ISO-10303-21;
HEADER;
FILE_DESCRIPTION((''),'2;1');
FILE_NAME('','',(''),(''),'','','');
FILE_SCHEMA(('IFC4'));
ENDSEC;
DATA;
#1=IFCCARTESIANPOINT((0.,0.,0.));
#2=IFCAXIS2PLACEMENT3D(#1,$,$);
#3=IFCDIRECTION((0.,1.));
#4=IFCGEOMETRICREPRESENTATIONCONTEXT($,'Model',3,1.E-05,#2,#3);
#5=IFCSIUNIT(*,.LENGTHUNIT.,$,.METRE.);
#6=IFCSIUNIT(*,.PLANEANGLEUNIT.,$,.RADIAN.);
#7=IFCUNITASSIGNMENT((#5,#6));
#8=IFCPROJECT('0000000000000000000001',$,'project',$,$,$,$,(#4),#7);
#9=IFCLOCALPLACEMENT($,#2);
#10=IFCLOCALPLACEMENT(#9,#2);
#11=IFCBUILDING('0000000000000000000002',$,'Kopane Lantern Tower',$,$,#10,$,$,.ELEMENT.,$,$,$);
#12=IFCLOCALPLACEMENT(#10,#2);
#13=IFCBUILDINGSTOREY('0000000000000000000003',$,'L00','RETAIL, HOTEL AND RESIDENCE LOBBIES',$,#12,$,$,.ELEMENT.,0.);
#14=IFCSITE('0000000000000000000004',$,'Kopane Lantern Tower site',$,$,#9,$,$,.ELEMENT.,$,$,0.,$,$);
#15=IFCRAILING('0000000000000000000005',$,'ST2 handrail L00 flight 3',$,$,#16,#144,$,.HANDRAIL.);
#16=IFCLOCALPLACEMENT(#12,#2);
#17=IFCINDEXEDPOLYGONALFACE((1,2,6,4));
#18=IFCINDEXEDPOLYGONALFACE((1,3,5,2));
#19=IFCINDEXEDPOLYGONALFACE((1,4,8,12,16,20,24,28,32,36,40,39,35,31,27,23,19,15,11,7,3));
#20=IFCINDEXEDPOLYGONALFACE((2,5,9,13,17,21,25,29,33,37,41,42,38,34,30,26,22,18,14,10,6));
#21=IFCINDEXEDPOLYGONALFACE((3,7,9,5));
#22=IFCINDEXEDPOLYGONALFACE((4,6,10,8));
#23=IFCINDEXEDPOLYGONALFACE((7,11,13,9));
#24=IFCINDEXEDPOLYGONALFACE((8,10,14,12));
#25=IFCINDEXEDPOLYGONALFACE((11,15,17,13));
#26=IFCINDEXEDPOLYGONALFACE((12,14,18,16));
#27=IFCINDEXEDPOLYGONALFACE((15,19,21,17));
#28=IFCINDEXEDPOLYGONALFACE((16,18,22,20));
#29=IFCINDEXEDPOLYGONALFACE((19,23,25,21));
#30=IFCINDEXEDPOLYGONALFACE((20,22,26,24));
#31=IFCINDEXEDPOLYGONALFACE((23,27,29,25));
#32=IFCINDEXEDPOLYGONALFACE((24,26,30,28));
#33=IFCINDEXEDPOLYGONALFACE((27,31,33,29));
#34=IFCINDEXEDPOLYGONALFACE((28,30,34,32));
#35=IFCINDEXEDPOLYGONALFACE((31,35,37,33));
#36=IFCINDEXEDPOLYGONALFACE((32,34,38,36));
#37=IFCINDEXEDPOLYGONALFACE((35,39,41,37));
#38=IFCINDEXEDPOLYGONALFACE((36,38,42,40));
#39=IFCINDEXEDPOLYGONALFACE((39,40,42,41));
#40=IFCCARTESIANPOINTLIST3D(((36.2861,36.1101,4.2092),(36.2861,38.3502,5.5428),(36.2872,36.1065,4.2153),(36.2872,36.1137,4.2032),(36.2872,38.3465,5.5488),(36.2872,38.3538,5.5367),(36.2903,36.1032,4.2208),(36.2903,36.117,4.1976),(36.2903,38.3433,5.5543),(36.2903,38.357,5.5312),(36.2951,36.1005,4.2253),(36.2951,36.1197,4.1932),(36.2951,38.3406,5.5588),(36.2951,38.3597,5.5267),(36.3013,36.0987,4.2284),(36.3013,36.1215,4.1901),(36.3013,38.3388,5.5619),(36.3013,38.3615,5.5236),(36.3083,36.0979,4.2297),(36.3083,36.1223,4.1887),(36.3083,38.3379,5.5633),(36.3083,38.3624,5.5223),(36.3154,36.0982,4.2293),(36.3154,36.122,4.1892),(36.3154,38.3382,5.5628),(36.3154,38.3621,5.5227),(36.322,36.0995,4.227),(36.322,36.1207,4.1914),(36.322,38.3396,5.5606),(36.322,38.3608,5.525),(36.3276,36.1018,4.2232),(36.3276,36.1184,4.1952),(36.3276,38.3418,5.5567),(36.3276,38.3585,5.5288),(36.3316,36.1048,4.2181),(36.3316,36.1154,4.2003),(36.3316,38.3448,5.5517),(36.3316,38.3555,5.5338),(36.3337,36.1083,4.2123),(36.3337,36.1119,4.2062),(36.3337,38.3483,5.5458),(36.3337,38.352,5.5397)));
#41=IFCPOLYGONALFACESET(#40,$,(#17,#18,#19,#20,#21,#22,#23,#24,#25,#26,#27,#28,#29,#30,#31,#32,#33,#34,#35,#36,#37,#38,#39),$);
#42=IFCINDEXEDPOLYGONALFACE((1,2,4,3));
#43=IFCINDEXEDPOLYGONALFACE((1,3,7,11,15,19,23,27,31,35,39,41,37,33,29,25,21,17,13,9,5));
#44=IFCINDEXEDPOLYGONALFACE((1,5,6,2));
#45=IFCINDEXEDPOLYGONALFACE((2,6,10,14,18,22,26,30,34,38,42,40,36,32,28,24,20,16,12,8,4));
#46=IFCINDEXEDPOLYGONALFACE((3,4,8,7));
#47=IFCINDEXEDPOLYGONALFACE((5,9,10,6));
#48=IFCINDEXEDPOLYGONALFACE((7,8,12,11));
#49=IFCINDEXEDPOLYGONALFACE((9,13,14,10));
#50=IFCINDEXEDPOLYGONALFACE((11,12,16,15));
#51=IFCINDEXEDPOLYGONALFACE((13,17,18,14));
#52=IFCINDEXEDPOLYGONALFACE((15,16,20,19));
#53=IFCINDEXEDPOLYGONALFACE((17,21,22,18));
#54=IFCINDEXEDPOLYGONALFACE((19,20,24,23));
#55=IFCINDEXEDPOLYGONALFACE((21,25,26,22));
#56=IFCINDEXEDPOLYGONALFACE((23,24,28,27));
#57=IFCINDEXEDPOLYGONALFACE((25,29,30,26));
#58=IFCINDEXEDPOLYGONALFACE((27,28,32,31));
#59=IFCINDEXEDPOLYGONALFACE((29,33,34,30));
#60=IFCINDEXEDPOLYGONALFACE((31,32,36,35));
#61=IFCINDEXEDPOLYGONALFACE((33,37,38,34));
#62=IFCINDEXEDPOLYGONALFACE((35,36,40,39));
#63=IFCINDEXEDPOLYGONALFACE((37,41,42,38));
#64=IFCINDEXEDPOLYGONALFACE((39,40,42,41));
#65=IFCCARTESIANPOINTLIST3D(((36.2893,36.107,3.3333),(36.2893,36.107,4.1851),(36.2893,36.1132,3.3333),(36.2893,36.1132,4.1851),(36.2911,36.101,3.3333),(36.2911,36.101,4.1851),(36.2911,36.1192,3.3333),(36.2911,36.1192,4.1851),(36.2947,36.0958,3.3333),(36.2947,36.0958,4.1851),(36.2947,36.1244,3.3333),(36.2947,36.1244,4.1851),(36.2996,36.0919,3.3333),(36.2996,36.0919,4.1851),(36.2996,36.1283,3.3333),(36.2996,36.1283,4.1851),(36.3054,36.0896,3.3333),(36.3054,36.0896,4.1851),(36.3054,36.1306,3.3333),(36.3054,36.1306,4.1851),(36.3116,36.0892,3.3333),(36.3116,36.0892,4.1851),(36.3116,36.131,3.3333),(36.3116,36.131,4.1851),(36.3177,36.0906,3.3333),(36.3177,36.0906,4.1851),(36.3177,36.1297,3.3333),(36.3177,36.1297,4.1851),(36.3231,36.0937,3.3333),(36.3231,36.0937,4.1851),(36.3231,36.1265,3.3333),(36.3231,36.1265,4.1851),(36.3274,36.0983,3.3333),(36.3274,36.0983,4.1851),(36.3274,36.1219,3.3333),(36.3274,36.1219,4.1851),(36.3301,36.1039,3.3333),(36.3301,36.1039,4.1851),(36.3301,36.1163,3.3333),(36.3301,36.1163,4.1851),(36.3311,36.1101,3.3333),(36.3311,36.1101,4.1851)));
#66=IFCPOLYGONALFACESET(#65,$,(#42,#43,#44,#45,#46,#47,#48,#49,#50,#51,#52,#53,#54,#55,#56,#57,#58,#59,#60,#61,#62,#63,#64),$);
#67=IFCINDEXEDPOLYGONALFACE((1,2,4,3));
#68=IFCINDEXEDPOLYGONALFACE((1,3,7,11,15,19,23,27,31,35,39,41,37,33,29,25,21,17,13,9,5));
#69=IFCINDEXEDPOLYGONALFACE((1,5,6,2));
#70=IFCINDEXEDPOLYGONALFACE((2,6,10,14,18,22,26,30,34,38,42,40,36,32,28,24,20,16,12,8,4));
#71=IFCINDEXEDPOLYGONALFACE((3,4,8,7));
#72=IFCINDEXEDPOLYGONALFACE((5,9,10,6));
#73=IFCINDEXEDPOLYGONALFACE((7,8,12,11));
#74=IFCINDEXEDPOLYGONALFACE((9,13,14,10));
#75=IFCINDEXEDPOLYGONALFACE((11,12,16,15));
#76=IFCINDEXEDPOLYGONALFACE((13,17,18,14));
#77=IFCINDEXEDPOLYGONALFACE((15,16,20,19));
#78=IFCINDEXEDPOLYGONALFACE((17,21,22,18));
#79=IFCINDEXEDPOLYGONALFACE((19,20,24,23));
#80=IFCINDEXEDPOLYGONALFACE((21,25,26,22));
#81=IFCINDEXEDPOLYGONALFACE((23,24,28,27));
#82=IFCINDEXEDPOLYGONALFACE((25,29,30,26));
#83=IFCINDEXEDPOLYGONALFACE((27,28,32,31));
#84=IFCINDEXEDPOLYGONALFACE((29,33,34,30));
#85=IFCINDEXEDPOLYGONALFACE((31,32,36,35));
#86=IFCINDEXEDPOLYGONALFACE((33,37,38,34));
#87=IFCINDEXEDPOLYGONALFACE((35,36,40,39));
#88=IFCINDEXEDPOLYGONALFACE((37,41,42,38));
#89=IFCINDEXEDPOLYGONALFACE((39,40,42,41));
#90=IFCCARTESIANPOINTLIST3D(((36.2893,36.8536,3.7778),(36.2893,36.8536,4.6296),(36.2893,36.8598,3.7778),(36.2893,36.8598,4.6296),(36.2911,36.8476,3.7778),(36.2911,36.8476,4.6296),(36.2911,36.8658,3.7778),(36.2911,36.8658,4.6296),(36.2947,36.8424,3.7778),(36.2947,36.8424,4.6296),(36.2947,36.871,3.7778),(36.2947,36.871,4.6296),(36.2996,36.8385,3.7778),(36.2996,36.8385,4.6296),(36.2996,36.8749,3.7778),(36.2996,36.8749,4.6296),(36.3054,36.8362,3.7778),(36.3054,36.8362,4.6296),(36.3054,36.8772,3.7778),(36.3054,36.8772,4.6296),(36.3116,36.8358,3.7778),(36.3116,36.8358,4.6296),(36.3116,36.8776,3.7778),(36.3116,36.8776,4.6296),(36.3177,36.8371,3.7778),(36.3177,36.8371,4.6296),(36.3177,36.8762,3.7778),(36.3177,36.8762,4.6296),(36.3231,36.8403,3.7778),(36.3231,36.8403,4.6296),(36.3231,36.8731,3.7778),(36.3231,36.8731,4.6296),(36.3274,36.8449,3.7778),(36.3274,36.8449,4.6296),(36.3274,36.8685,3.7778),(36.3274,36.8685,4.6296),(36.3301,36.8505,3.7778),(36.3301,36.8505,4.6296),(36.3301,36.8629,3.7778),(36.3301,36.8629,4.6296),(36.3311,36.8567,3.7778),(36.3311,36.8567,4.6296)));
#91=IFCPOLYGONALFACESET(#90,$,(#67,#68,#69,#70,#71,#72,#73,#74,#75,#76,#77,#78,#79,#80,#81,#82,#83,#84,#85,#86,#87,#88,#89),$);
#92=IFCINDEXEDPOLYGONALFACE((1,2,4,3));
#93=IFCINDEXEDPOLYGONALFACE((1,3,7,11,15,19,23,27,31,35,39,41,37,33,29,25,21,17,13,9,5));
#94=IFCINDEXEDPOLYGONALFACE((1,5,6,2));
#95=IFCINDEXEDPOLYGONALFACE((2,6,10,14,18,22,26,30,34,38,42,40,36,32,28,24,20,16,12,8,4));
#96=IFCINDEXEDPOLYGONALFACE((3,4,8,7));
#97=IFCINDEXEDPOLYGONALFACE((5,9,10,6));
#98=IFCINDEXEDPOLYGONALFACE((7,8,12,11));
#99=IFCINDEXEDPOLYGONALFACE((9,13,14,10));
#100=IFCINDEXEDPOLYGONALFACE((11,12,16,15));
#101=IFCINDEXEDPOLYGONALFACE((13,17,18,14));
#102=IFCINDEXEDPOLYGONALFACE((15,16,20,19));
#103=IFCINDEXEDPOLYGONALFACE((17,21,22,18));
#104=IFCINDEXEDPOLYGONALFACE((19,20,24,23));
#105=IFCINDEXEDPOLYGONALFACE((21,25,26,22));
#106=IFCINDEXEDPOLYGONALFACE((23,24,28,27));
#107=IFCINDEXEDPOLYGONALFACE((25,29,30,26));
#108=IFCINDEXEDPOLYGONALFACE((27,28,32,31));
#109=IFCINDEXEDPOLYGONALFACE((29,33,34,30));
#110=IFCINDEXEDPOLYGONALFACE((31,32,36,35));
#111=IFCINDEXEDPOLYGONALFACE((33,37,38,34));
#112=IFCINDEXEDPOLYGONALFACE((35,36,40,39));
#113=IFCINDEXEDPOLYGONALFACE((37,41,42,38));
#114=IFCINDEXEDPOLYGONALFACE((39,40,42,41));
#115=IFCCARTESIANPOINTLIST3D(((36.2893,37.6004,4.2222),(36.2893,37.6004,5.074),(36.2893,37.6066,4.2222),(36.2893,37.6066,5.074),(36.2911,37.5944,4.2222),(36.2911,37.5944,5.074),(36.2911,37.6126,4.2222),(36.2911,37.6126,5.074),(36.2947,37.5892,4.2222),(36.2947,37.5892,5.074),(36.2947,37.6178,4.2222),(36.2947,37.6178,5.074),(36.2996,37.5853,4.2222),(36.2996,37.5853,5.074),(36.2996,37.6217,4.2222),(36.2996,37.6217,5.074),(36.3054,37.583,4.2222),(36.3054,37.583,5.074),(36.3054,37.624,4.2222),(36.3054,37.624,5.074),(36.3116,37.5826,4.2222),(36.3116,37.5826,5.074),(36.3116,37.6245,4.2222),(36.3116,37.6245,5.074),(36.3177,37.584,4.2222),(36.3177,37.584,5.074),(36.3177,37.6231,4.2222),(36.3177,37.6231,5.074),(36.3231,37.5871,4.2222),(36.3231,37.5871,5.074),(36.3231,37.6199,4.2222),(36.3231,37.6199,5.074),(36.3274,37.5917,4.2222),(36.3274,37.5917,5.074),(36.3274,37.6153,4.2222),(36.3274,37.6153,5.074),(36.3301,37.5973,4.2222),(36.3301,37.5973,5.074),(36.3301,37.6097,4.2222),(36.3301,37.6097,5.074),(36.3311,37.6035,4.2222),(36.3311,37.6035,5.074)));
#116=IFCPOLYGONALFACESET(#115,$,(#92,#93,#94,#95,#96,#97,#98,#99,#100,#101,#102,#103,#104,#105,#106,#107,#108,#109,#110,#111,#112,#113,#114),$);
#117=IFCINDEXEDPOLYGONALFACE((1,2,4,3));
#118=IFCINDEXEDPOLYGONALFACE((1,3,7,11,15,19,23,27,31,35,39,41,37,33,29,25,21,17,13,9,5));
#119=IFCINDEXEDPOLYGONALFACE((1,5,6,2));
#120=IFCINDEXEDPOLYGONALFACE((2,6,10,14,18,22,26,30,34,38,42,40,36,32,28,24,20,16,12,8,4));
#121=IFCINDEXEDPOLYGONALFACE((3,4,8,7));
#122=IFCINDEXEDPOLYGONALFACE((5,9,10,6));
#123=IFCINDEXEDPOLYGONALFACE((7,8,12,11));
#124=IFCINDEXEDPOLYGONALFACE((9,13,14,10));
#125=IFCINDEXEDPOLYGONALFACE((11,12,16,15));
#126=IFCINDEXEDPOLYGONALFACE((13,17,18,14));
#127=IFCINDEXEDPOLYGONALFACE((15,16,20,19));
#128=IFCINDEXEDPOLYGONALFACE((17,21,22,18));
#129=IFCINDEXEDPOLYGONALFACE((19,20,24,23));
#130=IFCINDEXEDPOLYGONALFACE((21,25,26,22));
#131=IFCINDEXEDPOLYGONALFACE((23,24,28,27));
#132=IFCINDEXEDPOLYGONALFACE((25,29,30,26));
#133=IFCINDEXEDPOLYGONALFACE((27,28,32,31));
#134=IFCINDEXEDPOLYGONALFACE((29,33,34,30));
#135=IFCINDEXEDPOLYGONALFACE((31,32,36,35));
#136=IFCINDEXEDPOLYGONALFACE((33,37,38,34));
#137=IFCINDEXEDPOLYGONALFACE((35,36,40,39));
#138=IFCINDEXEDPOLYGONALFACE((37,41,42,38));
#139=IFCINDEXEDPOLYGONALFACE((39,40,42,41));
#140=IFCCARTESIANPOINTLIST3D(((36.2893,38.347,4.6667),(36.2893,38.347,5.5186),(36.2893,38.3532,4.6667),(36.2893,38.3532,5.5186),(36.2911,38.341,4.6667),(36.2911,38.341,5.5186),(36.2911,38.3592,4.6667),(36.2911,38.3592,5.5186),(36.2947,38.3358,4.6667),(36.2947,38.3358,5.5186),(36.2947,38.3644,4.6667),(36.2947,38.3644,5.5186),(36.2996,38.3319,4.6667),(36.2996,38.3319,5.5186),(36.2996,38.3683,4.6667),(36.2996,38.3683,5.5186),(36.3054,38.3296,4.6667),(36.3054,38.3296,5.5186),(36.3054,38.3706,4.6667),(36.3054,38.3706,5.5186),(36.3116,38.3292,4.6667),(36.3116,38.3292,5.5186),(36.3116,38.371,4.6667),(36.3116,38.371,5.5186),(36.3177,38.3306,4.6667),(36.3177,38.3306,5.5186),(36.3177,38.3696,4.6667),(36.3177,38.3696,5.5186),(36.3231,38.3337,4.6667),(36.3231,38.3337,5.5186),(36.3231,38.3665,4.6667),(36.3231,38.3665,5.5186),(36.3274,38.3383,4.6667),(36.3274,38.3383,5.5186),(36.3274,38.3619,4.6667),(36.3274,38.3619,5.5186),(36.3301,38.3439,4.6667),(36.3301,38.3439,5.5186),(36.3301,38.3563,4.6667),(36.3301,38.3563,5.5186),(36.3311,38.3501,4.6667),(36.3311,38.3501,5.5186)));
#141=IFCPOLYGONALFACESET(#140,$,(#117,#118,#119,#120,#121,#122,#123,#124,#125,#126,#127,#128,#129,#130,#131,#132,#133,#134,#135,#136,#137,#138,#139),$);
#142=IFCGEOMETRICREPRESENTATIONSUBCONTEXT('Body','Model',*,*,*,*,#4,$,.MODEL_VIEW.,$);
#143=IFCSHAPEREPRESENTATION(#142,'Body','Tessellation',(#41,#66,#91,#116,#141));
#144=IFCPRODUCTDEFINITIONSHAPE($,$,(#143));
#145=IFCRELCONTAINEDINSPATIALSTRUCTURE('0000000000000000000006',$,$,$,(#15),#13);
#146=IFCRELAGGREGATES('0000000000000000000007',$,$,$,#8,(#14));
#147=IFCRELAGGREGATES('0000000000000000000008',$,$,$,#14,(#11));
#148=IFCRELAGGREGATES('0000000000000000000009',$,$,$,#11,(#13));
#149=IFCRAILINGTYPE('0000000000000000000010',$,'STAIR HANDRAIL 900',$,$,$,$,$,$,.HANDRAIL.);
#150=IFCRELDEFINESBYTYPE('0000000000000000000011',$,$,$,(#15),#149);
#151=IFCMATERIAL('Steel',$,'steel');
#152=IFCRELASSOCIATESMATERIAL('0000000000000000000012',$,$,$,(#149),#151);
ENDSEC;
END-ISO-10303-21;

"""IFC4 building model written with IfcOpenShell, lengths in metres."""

from ifc_helpers import new_model, si_unit, direction, frame, origin, origin_2d, place, context, subcontext, project, spatial, circle, extrude, material, type_object, element, save


model = new_model("IFC4")

# Units and contexts
model_context = context("Model", 3, precision=1e-05, world=origin(), true_north=direction((0.0, 1.0)))
body_context = subcontext(model_context, "Body", "Model", "MODEL_VIEW")
ifc_project = project(units=[si_unit("LENGTHUNIT", "METRE"), si_unit("PLANEANGLEUNIT", "RADIAN")], contexts=[model_context])

# Site, building, storey
site_placement = place(None, origin())
site = spatial("IfcSite", under=ifc_project, at=site_placement, Name="Kopane Lantern Tower site", CompositionType="ELEMENT", RefElevation=0.0)
building_placement = place(site_placement, origin())
building = spatial("IfcBuilding", under=site, at=building_placement, Name="Kopane Lantern Tower", CompositionType="ELEMENT")
storey_placement = place(building_placement, origin())
storey = spatial("IfcBuildingStorey", under=building, at=storey_placement, Name="L00", Description="RETAIL, HOTEL AND RESIDENCE LOBBIES", CompositionType="ELEMENT", Elevation=0.0)

# Railing
ifc_material_1 = material(Name="Steel", Category="steel")
railing_type_1 = type_object("IfcRailingType", Name="STAIR HANDRAIL 900", PredefinedType="HANDRAIL", material=ifc_material_1)
for number, where, name in (
    (1, (36.3101, 36.1101, 3.3333), "ST2 handrail L00 flight 3"),
):
    element("IfcRailing", number, at=place(storey_placement, frame(where)), inside=storey, type_object=railing_type_1, Name=name, PredefinedType="HANDRAIL", context=body_context, shape_type="SweptSolid", body=[
        extrude(circle(Radius=0.0239, at=origin_2d()), frame((0.0, 0.0, 0.876), z_axis=(0.0, 0.859264, 0.511532), x_axis=(-1.0, 0.0, 0.0)), (0.0, 0.0, 1.0), 2.6069),
        extrude(circle(Radius=0.021, at=origin_2d()), origin(), (0.0, 0.0, 1.0), 0.8518),
        extrude(circle(Radius=0.021, at=origin_2d()), frame((0.0, 0.7466, 0.4446)), (0.0, 0.0, 1.0), 0.8518),
        extrude(circle(Radius=0.021, at=origin_2d()), frame((0.0, 1.4934, 0.8889)), (0.0, 0.0, 1.0), 0.8518),
        extrude(circle(Radius=0.021, at=origin_2d()), frame((0.0, 2.24, 1.3335)), (0.0, 0.0, 1.0), 0.8518),
    ])

save(model, "model.ifc")
